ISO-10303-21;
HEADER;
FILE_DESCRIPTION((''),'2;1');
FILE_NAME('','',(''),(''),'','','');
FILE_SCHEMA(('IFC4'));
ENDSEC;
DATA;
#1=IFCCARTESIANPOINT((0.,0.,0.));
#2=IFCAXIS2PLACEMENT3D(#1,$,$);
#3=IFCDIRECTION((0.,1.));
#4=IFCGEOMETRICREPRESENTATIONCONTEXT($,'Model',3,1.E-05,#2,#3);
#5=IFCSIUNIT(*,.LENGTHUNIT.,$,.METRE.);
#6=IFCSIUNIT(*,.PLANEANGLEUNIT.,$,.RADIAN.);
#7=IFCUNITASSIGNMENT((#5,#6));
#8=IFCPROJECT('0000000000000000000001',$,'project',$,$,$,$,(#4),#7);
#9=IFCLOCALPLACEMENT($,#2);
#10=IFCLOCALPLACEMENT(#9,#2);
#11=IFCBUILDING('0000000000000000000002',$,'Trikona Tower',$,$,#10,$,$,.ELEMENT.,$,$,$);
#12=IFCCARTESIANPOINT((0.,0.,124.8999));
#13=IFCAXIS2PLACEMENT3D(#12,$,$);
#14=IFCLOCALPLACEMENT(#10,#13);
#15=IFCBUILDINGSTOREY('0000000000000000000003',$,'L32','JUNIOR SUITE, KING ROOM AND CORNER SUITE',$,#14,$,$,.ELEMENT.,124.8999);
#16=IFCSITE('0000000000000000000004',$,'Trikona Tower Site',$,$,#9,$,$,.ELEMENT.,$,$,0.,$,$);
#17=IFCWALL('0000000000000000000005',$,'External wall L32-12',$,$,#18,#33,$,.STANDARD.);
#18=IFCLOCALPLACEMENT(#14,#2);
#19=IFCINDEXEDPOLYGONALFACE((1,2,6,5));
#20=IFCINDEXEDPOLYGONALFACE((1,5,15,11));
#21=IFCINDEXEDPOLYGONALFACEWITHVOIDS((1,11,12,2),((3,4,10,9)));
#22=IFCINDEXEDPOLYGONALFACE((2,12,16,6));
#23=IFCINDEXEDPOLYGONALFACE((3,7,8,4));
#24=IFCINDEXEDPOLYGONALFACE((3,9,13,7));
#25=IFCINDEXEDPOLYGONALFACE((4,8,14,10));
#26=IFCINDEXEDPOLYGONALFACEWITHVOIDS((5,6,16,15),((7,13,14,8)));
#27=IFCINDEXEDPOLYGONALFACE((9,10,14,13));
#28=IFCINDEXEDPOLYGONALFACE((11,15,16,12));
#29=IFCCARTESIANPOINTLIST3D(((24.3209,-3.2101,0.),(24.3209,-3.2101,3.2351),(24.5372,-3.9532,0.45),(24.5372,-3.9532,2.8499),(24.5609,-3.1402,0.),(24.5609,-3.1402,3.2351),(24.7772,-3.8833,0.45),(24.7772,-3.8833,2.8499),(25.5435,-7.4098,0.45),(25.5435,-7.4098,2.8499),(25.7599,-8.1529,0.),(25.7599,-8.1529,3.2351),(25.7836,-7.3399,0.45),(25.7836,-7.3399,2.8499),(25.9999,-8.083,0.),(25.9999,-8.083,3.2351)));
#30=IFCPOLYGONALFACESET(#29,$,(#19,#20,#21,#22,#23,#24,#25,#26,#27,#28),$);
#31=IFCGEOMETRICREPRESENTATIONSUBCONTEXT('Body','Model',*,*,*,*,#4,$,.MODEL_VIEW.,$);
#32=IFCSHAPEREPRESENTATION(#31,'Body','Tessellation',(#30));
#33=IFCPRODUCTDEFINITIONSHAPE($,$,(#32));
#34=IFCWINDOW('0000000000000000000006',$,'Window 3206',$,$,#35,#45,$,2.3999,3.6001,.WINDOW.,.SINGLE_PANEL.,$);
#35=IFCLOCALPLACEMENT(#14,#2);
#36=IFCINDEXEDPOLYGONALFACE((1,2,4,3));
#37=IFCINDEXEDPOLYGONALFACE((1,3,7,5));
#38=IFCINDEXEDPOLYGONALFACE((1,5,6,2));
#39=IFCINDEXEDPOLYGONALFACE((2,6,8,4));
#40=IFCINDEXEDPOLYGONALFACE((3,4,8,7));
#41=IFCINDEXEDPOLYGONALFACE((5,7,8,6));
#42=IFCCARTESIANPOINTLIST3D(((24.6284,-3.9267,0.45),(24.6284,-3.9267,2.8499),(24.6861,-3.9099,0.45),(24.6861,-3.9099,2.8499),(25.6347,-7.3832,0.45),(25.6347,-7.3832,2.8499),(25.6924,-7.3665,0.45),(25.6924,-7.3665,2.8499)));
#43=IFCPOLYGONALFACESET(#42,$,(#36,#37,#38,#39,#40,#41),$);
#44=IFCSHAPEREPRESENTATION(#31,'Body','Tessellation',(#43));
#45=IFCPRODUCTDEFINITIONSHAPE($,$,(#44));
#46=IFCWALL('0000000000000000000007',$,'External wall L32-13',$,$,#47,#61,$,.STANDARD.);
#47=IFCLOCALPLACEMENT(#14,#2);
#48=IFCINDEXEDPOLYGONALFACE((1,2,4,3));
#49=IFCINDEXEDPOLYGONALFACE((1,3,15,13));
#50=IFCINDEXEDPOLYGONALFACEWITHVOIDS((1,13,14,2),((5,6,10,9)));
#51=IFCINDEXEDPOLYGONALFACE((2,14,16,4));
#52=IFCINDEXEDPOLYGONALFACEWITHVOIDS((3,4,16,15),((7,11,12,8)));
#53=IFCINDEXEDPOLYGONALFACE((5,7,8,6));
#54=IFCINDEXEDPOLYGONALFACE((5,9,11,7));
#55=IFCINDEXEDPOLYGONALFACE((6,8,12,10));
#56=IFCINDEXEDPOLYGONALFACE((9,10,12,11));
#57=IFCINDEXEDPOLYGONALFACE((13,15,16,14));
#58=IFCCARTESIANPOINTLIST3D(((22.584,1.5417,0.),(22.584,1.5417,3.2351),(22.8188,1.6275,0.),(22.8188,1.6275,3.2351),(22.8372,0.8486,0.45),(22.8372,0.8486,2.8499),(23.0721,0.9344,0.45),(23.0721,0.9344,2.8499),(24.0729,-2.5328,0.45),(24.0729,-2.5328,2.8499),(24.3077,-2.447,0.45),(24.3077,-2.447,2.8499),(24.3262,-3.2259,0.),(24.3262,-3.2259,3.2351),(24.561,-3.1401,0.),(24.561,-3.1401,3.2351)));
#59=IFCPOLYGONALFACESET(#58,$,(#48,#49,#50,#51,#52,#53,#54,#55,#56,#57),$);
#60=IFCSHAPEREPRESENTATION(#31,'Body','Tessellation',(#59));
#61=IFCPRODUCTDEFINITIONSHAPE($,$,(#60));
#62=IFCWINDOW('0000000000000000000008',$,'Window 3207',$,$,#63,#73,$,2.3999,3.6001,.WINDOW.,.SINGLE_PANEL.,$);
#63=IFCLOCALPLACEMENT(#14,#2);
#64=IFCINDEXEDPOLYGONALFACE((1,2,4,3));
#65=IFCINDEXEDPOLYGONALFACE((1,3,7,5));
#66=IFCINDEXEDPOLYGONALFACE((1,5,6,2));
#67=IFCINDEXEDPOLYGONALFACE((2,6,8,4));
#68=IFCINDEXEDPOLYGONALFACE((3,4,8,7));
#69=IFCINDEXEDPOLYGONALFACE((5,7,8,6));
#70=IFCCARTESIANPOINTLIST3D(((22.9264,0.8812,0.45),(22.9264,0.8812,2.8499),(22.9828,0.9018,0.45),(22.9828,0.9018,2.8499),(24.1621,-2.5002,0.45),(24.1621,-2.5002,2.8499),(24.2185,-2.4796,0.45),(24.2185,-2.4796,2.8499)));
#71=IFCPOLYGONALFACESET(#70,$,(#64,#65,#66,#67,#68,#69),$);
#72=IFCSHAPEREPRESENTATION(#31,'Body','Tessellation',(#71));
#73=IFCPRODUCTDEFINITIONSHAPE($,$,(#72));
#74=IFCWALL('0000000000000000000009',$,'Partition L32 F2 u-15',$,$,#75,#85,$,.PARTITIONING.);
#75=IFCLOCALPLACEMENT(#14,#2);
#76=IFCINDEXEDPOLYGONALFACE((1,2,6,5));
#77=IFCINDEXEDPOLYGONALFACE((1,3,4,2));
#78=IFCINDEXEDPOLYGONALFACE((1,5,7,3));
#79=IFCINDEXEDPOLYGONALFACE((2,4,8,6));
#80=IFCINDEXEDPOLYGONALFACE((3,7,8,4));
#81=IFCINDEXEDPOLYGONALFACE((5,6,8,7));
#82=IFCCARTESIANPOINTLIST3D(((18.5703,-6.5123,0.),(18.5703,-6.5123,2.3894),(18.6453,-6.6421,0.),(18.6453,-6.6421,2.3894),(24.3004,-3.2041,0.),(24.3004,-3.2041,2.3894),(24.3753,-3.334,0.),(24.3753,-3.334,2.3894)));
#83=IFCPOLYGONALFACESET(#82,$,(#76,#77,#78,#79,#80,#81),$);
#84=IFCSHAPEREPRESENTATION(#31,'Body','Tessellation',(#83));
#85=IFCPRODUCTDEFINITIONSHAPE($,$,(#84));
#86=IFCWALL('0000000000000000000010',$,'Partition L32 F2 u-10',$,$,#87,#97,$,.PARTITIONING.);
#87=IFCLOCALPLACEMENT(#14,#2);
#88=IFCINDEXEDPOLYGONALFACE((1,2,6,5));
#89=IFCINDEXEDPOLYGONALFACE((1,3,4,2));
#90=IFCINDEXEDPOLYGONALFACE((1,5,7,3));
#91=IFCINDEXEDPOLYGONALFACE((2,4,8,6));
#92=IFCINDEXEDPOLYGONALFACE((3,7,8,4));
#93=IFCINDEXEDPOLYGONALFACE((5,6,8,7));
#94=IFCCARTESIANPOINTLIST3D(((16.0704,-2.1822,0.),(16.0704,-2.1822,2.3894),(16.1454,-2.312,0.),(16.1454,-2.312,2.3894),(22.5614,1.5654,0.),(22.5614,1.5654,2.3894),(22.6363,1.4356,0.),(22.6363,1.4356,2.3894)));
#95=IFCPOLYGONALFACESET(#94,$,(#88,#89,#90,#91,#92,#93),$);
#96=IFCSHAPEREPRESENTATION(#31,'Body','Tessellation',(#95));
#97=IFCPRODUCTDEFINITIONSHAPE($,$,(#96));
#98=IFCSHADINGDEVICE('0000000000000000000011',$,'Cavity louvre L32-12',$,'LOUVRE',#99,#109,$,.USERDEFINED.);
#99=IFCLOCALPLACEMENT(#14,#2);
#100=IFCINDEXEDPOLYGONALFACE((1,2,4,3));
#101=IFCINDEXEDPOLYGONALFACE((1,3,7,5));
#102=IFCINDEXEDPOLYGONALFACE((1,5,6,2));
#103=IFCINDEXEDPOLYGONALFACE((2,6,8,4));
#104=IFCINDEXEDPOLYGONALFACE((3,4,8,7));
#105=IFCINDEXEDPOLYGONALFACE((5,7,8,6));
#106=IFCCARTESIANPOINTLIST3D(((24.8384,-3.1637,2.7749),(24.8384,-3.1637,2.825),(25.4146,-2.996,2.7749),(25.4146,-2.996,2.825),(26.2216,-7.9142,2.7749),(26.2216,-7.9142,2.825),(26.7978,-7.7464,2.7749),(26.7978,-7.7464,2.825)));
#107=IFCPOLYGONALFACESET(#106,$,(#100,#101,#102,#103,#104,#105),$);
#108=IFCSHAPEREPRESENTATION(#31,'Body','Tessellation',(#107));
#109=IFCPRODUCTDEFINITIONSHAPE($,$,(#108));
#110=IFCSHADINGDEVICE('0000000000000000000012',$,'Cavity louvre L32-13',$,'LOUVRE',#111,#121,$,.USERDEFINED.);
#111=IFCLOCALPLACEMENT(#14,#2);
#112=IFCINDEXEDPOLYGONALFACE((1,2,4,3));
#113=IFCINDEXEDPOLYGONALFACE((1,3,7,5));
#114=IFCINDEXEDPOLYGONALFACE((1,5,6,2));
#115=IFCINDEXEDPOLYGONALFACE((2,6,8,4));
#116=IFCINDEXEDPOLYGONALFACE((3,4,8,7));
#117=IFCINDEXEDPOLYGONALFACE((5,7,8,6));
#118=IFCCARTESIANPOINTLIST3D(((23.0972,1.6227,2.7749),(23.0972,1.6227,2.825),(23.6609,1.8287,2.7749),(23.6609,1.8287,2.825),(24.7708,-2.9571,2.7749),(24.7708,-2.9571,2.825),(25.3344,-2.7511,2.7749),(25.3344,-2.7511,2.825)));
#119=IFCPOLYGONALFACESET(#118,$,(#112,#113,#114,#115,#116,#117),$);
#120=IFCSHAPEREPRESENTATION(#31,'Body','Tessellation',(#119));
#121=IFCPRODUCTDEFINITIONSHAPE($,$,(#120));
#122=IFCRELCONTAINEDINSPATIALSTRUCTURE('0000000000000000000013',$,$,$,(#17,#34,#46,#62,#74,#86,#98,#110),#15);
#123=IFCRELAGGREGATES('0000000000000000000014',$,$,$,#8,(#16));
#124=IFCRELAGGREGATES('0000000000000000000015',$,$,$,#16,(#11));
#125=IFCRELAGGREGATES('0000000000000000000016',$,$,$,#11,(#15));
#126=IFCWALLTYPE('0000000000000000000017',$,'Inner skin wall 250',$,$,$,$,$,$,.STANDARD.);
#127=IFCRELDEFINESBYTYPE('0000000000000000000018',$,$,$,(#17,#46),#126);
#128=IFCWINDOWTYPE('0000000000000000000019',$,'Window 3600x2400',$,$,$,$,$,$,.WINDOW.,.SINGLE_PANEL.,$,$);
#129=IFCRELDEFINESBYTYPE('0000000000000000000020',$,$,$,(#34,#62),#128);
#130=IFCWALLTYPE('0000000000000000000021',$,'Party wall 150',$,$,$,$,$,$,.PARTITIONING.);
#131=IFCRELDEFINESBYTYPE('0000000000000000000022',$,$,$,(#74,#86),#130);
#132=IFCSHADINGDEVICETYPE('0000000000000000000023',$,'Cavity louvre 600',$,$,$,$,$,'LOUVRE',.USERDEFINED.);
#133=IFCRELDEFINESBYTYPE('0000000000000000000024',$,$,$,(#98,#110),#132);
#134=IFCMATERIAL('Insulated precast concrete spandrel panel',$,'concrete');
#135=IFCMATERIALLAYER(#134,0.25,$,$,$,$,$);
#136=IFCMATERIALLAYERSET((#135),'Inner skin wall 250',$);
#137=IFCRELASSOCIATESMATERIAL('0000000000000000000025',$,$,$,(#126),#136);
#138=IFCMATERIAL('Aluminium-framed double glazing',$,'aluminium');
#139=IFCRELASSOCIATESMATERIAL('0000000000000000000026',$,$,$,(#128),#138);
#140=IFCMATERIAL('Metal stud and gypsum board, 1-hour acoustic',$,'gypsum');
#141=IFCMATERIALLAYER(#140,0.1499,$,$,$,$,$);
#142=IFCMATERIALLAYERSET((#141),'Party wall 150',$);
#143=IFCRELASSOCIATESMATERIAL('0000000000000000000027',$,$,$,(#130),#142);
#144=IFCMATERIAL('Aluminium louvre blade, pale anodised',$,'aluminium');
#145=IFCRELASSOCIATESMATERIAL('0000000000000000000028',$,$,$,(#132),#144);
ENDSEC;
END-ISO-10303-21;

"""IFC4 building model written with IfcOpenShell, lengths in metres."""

from ifc_helpers import new_model, si_unit, direction, frame, frame_2d, origin, origin_2d, place, context, subcontext, project, spatial, rectangle, extrude, material, layer, layer_set, type_object, element, fill, save


model = new_model("IFC4")

# Units and contexts
model_context = context("Model", 3, precision=1e-05, world=origin(), true_north=direction((0.0, 1.0)))
body_context = subcontext(model_context, "Body", "Model", "MODEL_VIEW")
ifc_project = project(units=[si_unit("LENGTHUNIT", "METRE"), si_unit("PLANEANGLEUNIT", "RADIAN")], contexts=[model_context])

# Site, building, storey
site_placement = place(None, origin())
site = spatial("IfcSite", under=ifc_project, at=site_placement, Name="Trikona Tower Site", CompositionType="ELEMENT", RefElevation=0.0)
building_placement = place(site_placement, origin())
building = spatial("IfcBuilding", under=site, at=building_placement, Name="Trikona Tower", CompositionType="ELEMENT")
storey_placement = place(building_placement, frame((0.0, 0.0, 124.8999)))
storey = spatial("IfcBuildingStorey", under=building, at=storey_placement, Name="L32", Description="JUNIOR SUITE, KING ROOM AND CORNER SUITE", CompositionType="ELEMENT", Elevation=124.8999)

# Walls, openings, windows
ifc_material_1 = material(Name="Insulated precast concrete spandrel panel", Category="concrete")
ifc_layer_1 = layer(ifc_material_1, 0.25)
ifc_layer_set_1 = layer_set([ifc_layer_1], Name="Inner skin wall 250")
wall_type_1 = type_object("IfcWallType", Name="Inner skin wall 250", PredefinedType="STANDARD", material=ifc_layer_set_1)
wall_1_placement = place(storey_placement, frame((25.8799, -8.1179, 0.0), z_axis=(0.0, 0.0, 1.0), x_axis=(-0.279528, 0.960137, 0.0)))
wall_1 = element("IfcWall", 1, at=wall_1_placement, inside=storey, type_object=wall_type_1, Name="External wall L32-12", PredefinedType="STANDARD", context=body_context, shape_type="SweptSolid", body=[
    extrude(rectangle(XDim=5.1479, YDim=0.25, at=frame_2d((2.574, 0.0))), origin(), (0.0, 0.0, 1.0), 3.2351),
])
opening_1_placement = place(wall_1_placement, frame((0.7739, 0.0, 0.45)))
opening_1 = element("IfcOpeningElement", 2, at=opening_1_placement, cuts=wall_1, PredefinedType="OPENING", context=body_context, shape_type="SweptSolid", body=[
    extrude(rectangle(XDim=3.6001, YDim=2.3999, at=frame_2d((1.8, 1.2))), frame((0.0, 0.135, 0.0), z_axis=(0.0, -1.0, 0.0), x_axis=(1.0, 0.0, 0.0)), (0.0, 0.0, 1.0), 0.27),
])
ifc_material_2 = material(Name="Aluminium-framed double glazing", Category="aluminium")
window_type = type_object("IfcWindowType", Name="Window 3600x2400", PartitioningType="SINGLE_PANEL", PredefinedType="WINDOW", material=ifc_material_2)
window_1_placement = place(opening_1_placement, origin())
window_1 = element("IfcWindow", 3, at=window_1_placement, inside=storey, type_object=window_type, Name="Window 3206", OverallHeight=2.3999, OverallWidth=3.6001, PartitioningType="SINGLE_PANEL", PredefinedType="WINDOW", context=body_context, shape_type="SweptSolid", body=[
    extrude(rectangle(XDim=3.6001, YDim=2.3999, at=frame_2d((1.8, 1.2))), frame((0.0, 0.03, 0.0), z_axis=(0.0, -1.0, 0.0), x_axis=(1.0, 0.0, 0.0)), (0.0, 0.0, 1.0), 0.0601),
])
fill(opening_1, window_1)
wall_2_placement = place(storey_placement, frame((24.4436, -3.1831, 0.0), z_axis=(0.0, 0.0, 1.0), x_axis=(-0.343226, 0.939253, 0.0)))
wall_2 = element("IfcWall", 4, at=wall_2_placement, inside=storey, type_object=wall_type_1, Name="External wall L32-13", PredefinedType="STANDARD", context=body_context, shape_type="SweptSolid", body=[
    extrude(rectangle(XDim=5.0759, YDim=0.25, at=frame_2d((2.5381, 0.0))), origin(), (0.0, 0.0, 1.0), 3.2351),
])
opening_2_placement = place(wall_2_placement, frame((0.738, 0.0, 0.45)))
opening_2 = element("IfcOpeningElement", 5, at=opening_2_placement, cuts=wall_2, PredefinedType="OPENING", context=body_context, shape_type="SweptSolid", body=[
    extrude(rectangle(XDim=3.6001, YDim=2.3999, at=frame_2d((1.8, 1.2))), frame((0.0, 0.135, 0.0), z_axis=(0.0, -1.0, 0.0), x_axis=(1.0, 0.0, 0.0)), (0.0, 0.0, 1.0), 0.27),
])
window_2_placement = place(opening_2_placement, origin())
window_2 = element("IfcWindow", 6, at=window_2_placement, inside=storey, type_object=window_type, Name="Window 3207", OverallHeight=2.3999, OverallWidth=3.6001, PartitioningType="SINGLE_PANEL", PredefinedType="WINDOW", context=body_context, shape_type="SweptSolid", body=[
    extrude(rectangle(XDim=3.6001, YDim=2.3999, at=frame_2d((1.8, 1.2))), frame((0.0, 0.03, 0.0), z_axis=(0.0, -1.0, 0.0), x_axis=(1.0, 0.0, 0.0)), (0.0, 0.0, 1.0), 0.0601),
])
fill(opening_2, window_2)

# Walls
ifc_material_3 = material(Name="Metal stud and gypsum board, 1-hour acoustic", Category="gypsum")
ifc_layer_2 = layer(ifc_material_3, 0.1499)
ifc_layer_set_2 = layer_set([ifc_layer_2], Name="Party wall 150")
wall_type_2 = type_object("IfcWallType", Name="Party wall 150", PredefinedType="PARTITIONING", material=ifc_layer_set_2)
wall_3_placement = place(storey_placement, frame((18.6079, -6.5771, 0.0), z_axis=(0.0, 0.0, 1.0), x_axis=(0.866032, 0.499989, 0.0)))
element("IfcWall", 7, at=wall_3_placement, inside=storey, type_object=wall_type_2, Name="Partition L32 F2 u-15", PredefinedType="PARTITIONING", context=body_context, shape_type="SweptSolid", body=[
    extrude(rectangle(XDim=6.6165, YDim=0.1499, at=frame_2d((3.3081, 0.0))), origin(), (0.0, 0.0, 1.0), 2.3894),
])
wall_4_placement = place(storey_placement, frame((16.1079, -2.2471, 0.0), z_axis=(0.0, 0.0, 1.0), x_axis=(0.866026, 0.5, 0.0)))
element("IfcWall", 8, at=wall_4_placement, inside=storey, type_object=wall_type_2, Name="Partition L32 F2 u-10", PredefinedType="PARTITIONING", context=body_context, shape_type="SweptSolid", body=[
    extrude(rectangle(XDim=7.4951, YDim=0.1499, at=frame_2d((3.7476, 0.0))), origin(), (0.0, 0.0, 1.0), 2.3894),
])

# Shading devices
ifc_material_4 = material(Name="Aluminium louvre blade, pale anodised", Category="aluminium")
shading_device_type = type_object("IfcShadingDeviceType", Name="Cavity louvre 600", ElementType="LOUVRE", PredefinedType="USERDEFINED", material=ifc_material_4)
shading_device_1_placement = place(storey_placement, frame((25.8181, -5.4551, 2.7749), z_axis=(0.0, 0.0, 1.0), x_axis=(-0.279554, 0.96013, 0.0)))
element("IfcShadingDevice", 9, at=shading_device_1_placement, inside=storey, type_object=shading_device_type, Name="Cavity louvre L32-12", ObjectType="LOUVRE", PredefinedType="USERDEFINED", context=body_context, shape_type="SweptSolid", body=[
    extrude(rectangle(XDim=4.9478, YDim=0.6001, at=origin_2d()), origin(), (0.0, 0.0, 1.0), 0.05),
])
shading_device_2_placement = place(storey_placement, frame((24.2158, -0.5642, 2.7749), z_axis=(0.0, 0.0, 1.0), x_axis=(-0.34322, 0.939255, 0.0)))
element("IfcShadingDevice", 10, at=shading_device_2_placement, inside=storey, type_object=shading_device_type, Name="Cavity louvre L32-13", ObjectType="LOUVRE", PredefinedType="USERDEFINED", context=body_context, shape_type="SweptSolid", body=[
    extrude(rectangle(XDim=4.876, YDim=0.6001, at=origin_2d()), origin(), (0.0, 0.0, 1.0), 0.05),
])

save(model, "model.ifc")
